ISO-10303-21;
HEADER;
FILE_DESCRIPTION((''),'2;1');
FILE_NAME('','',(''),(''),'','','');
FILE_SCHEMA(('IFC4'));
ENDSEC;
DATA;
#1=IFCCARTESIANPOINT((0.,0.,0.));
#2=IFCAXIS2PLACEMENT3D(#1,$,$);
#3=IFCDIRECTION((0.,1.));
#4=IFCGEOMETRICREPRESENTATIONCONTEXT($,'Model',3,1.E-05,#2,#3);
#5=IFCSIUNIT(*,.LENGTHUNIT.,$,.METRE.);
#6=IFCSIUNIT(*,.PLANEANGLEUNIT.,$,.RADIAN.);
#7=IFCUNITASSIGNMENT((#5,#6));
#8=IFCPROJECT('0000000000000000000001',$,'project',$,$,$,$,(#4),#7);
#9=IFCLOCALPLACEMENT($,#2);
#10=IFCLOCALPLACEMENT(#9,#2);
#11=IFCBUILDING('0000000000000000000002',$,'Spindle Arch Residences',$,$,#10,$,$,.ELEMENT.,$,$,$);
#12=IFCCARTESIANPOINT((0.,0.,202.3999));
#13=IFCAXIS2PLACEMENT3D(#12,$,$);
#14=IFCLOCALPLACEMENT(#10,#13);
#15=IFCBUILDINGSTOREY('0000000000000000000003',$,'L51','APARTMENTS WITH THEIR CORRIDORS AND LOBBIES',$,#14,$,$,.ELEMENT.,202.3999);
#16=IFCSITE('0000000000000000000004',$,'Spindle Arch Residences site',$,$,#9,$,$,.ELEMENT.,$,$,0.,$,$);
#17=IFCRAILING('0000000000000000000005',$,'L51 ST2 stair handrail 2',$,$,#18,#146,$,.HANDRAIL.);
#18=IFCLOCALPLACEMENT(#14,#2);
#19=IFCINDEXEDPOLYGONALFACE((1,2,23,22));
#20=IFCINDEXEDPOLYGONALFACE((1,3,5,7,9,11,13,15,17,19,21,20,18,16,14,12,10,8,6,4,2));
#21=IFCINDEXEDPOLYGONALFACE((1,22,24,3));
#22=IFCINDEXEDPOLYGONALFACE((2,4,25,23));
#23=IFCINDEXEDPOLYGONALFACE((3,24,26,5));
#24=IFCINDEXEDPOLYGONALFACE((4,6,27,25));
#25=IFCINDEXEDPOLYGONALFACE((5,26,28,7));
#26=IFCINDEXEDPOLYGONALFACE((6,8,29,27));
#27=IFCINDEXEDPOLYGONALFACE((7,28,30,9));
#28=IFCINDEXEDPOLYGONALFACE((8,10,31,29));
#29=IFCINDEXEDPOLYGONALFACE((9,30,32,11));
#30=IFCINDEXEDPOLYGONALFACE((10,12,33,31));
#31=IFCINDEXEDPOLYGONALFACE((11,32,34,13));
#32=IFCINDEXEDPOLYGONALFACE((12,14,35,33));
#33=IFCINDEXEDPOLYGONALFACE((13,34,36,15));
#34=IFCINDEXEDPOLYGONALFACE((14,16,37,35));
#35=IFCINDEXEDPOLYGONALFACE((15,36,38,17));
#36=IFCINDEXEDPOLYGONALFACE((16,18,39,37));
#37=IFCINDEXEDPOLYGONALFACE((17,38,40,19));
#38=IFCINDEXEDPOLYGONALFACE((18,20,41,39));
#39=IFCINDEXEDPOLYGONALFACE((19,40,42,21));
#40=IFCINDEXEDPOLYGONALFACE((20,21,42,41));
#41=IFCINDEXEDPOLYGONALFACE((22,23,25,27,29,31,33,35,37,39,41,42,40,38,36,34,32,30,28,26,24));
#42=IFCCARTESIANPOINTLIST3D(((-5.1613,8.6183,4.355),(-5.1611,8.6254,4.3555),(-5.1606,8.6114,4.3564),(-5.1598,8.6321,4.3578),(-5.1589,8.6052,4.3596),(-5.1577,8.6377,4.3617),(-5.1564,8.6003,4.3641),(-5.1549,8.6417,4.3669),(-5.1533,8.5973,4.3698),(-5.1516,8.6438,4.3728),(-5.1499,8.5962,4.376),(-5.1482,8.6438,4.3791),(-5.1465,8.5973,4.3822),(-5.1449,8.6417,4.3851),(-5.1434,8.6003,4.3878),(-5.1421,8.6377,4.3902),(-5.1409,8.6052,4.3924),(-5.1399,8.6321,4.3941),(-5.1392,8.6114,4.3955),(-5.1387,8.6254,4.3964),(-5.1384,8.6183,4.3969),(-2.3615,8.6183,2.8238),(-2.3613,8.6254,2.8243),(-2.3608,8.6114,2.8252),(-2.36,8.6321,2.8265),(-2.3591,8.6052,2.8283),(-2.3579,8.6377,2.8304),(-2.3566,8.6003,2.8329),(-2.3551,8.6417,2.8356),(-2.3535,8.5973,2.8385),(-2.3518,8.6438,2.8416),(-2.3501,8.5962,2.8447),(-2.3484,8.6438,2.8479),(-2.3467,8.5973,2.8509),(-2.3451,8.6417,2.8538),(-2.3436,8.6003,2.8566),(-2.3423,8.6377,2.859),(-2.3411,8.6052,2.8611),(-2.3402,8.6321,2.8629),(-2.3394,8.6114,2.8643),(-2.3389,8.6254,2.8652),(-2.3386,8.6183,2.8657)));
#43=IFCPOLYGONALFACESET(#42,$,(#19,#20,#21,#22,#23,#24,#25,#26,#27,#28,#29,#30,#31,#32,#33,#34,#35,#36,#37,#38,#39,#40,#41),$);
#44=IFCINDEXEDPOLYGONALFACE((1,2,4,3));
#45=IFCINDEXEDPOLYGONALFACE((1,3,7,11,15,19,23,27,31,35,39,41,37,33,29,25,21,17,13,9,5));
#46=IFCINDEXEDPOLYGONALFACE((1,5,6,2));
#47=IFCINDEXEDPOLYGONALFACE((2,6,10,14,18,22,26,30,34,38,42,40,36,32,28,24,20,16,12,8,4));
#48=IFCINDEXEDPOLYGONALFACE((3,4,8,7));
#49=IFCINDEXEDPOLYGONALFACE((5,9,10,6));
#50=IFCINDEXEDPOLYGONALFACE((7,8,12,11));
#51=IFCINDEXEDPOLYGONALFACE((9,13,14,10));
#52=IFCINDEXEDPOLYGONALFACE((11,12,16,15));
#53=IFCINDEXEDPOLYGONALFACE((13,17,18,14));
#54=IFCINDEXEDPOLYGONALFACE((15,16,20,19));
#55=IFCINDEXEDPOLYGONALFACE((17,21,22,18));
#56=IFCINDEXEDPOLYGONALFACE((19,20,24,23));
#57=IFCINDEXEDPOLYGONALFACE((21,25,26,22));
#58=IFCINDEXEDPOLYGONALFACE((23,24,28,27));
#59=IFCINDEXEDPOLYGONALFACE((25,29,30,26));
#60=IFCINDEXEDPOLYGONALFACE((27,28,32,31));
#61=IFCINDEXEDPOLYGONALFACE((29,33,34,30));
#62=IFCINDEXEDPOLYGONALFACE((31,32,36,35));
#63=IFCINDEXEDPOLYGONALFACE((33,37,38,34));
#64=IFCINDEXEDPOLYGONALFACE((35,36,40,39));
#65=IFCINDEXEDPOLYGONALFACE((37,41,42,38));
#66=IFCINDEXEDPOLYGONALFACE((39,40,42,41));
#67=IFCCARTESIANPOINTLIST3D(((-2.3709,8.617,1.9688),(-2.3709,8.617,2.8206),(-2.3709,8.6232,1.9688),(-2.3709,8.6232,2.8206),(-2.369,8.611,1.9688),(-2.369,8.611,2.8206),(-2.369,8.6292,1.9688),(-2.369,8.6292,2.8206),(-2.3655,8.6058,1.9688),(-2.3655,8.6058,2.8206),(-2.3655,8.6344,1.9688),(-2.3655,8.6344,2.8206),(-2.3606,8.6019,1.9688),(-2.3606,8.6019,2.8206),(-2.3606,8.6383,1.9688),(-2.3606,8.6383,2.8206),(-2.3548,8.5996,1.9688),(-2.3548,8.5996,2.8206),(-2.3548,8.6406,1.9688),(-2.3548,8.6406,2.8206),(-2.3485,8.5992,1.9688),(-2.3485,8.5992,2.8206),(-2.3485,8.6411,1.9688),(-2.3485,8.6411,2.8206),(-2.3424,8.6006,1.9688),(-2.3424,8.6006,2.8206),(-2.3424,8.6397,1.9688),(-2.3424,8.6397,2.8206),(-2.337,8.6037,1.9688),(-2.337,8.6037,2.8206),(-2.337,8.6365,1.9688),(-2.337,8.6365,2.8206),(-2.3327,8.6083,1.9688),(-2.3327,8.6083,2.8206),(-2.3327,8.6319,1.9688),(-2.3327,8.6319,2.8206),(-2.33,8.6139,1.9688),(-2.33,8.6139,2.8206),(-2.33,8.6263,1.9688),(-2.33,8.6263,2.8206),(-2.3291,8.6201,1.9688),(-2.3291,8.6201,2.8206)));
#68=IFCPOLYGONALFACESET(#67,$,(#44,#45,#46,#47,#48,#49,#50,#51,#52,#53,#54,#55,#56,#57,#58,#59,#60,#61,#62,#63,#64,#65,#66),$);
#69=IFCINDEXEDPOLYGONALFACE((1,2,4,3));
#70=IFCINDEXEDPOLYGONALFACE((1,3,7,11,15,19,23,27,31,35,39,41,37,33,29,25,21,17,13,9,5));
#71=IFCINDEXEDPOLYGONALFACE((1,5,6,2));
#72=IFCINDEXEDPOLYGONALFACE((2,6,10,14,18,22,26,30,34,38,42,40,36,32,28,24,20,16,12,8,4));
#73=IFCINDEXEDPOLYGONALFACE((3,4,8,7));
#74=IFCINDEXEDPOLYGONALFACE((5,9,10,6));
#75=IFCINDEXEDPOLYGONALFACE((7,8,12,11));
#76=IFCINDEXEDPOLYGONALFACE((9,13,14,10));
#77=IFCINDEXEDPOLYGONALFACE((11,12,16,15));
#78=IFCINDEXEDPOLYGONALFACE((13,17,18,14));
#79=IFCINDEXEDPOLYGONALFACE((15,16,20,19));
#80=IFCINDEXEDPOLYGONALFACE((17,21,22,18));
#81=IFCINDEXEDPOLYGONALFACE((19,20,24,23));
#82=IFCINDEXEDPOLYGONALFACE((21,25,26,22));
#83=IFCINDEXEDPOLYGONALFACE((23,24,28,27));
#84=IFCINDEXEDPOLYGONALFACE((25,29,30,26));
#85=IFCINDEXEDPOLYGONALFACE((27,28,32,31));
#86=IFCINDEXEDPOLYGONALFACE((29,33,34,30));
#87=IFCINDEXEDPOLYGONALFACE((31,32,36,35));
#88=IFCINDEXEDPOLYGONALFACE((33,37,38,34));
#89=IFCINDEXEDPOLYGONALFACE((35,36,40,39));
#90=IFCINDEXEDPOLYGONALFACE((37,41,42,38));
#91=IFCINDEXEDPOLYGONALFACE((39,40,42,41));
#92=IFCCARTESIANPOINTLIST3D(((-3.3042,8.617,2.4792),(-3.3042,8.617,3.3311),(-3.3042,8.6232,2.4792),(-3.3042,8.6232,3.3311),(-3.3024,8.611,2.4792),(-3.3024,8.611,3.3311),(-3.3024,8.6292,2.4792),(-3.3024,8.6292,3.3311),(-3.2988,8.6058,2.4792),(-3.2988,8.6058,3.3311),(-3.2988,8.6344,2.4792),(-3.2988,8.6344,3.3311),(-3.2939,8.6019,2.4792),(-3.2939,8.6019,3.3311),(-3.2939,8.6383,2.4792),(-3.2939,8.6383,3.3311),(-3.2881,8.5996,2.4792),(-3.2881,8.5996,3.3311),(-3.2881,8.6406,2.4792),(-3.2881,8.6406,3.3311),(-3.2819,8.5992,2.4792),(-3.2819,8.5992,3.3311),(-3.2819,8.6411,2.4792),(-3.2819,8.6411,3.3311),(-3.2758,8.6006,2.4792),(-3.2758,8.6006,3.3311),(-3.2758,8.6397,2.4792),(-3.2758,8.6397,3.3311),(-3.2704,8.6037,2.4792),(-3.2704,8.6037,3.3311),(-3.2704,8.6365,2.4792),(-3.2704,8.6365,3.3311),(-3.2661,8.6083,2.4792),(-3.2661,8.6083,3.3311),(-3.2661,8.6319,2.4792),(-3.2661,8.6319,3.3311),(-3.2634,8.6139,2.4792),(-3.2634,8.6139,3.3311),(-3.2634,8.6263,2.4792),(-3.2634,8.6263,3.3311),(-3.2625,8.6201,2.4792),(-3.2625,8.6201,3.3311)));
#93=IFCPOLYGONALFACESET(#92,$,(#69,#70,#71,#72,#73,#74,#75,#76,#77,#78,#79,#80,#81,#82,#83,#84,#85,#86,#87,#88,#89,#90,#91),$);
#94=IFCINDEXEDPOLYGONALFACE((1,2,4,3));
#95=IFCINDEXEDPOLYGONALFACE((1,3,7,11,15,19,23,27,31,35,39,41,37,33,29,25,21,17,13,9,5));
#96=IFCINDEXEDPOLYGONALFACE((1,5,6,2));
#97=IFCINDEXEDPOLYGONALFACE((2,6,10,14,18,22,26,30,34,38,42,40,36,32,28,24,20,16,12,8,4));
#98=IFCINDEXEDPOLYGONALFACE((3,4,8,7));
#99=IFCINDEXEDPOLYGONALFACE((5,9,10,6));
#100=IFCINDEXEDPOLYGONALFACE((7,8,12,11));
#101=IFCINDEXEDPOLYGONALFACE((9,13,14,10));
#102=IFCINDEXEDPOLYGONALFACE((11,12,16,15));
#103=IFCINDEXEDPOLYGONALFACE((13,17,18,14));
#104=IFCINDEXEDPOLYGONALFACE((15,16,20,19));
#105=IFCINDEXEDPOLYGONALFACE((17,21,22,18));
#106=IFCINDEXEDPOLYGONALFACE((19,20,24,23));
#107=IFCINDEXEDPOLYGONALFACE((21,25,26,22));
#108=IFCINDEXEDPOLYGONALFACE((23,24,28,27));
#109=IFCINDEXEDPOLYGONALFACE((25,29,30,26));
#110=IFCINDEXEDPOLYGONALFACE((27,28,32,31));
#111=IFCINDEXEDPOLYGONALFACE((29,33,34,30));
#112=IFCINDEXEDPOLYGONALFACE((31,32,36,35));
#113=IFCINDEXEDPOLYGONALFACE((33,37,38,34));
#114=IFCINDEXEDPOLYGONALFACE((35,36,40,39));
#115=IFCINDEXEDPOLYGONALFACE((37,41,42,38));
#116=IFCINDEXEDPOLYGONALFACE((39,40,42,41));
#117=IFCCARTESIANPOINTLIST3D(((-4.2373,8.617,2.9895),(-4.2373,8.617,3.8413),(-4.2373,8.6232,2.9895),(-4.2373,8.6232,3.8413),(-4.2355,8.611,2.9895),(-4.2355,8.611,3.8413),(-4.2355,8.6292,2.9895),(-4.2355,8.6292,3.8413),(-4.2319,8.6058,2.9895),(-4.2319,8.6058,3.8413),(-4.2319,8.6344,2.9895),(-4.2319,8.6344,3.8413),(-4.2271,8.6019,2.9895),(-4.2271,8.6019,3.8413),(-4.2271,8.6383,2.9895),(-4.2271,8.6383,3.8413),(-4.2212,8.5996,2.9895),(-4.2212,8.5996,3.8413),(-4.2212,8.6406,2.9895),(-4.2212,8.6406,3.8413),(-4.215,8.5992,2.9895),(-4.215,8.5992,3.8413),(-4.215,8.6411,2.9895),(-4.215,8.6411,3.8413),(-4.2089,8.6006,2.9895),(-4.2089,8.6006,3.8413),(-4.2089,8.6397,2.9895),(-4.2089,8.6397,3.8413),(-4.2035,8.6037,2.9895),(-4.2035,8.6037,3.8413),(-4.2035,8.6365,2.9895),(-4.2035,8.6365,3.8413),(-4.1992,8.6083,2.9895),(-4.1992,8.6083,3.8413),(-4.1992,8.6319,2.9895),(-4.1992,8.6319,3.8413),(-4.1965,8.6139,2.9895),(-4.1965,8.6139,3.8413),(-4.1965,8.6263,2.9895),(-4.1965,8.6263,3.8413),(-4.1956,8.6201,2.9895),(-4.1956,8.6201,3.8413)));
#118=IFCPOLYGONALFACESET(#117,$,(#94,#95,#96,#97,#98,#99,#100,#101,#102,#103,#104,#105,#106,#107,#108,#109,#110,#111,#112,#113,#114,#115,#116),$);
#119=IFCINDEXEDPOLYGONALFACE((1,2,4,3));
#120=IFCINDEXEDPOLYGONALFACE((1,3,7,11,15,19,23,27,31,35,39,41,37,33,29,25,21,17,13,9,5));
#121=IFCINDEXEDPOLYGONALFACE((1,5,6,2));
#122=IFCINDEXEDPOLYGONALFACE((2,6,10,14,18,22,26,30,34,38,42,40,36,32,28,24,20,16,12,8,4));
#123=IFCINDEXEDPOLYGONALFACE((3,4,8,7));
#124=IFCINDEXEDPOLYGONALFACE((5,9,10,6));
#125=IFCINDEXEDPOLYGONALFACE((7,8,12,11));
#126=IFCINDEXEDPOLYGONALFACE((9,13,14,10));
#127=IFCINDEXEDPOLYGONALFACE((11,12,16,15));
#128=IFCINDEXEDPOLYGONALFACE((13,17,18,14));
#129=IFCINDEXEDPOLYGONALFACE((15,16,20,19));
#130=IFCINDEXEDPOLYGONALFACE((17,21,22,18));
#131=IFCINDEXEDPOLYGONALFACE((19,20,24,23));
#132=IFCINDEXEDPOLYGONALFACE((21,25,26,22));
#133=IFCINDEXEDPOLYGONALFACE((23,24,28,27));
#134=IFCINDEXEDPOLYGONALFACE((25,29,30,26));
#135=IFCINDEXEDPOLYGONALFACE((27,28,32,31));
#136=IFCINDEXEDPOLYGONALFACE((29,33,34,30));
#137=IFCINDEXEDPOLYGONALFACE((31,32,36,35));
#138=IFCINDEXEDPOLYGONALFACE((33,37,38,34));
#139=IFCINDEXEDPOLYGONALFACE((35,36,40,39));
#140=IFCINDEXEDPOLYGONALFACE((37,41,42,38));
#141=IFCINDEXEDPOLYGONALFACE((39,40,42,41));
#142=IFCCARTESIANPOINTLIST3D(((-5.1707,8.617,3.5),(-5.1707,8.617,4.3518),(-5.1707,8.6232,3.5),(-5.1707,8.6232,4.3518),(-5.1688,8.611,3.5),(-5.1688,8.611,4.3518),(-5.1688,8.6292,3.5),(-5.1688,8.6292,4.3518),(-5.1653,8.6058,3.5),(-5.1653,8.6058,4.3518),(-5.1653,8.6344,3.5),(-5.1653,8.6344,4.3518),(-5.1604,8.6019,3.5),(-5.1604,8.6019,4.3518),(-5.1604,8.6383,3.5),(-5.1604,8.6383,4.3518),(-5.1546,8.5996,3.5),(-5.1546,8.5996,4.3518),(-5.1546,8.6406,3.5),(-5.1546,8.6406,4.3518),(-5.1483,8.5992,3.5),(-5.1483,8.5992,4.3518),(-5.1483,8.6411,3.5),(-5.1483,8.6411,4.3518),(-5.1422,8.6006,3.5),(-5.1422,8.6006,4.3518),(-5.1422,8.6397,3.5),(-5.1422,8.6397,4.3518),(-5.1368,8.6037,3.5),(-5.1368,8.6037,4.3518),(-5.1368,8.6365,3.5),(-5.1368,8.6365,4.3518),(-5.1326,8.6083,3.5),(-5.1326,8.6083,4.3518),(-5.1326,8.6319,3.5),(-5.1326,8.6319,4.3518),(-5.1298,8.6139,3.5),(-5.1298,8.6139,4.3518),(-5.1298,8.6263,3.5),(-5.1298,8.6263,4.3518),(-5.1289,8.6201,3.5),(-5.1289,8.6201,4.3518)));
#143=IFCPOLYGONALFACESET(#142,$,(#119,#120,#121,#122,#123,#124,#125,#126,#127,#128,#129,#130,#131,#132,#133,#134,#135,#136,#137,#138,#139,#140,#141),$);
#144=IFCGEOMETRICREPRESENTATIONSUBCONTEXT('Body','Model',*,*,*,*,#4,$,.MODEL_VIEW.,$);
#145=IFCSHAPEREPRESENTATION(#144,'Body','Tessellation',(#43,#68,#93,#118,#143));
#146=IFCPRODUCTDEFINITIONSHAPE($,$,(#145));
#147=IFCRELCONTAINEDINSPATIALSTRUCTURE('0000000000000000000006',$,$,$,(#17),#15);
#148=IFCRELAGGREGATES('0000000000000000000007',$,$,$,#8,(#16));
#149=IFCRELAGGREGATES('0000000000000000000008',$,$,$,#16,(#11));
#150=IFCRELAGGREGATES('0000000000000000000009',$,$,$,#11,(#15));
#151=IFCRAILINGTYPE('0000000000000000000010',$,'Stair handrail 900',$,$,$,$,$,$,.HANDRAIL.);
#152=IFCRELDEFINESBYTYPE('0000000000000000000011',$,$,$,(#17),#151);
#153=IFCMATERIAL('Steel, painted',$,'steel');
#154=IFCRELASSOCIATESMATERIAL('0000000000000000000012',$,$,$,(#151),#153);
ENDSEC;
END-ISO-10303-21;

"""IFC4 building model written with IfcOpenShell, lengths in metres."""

from ifc_helpers import new_model, si_unit, direction, frame, origin, origin_2d, place, context, subcontext, project, spatial, circle, extrude, material, type_object, element, save


model = new_model("IFC4")

# Units and contexts
model_context = context("Model", 3, precision=1e-05, world=origin(), true_north=direction((0.0, 1.0)))
body_context = subcontext(model_context, "Body", "Model", "MODEL_VIEW")
ifc_project = project(units=[si_unit("LENGTHUNIT", "METRE"), si_unit("PLANEANGLEUNIT", "RADIAN")], contexts=[model_context])

# Site, building, storey
site_placement = place(None, origin())
site = spatial("IfcSite", under=ifc_project, at=site_placement, Name="Spindle Arch Residences site", CompositionType="ELEMENT", RefElevation=0.0)
building_placement = place(site_placement, origin())
building = spatial("IfcBuilding", under=site, at=building_placement, Name="Spindle Arch Residences", CompositionType="ELEMENT")
storey_placement = place(building_placement, frame((0.0, 0.0, 202.3999)))
storey = spatial("IfcBuildingStorey", under=building, at=storey_placement, Name="L51", Description="APARTMENTS WITH THEIR CORRIDORS AND LOBBIES", CompositionType="ELEMENT", Elevation=202.3999)

# Railing
ifc_material_1 = material(Name="Steel, painted", Category="steel")
railing_type_1 = type_object("IfcRailingType", Name="Stair handrail 900", PredefinedType="HANDRAIL", material=ifc_material_1)
railing_1_placement = place(storey_placement, frame((-2.3501, 8.6201, 1.9688)))
element("IfcRailing", 1, at=railing_1_placement, inside=storey, type_object=railing_type_1, Name="L51 ST2 stair handrail 2", PredefinedType="HANDRAIL", context=body_context, shape_type="SweptSolid", body=[
    extrude(circle(Radius=0.0239, at=origin_2d()), frame((0.0, 0.0, 0.876), z_axis=(-0.877357, 0.0, 0.479838), x_axis=(0.0, -1.0, 0.0)), (0.0, 0.0, 1.0), 3.1912),
    extrude(circle(Radius=0.021, at=origin_2d()), origin(), (0.0, 0.0, 1.0), 0.8518),
    extrude(circle(Radius=0.021, at=origin_2d()), frame((-0.9333, 0.0, 0.5105)), (0.0, 0.0, 1.0), 0.8518),
    extrude(circle(Radius=0.021, at=origin_2d()), frame((-1.8665, 0.0, 1.0208)), (0.0, 0.0, 1.0), 0.8518),
    extrude(circle(Radius=0.021, at=origin_2d()), frame((-2.7998, 0.0, 1.5312)), (0.0, 0.0, 1.0), 0.8518),
])

save(model, "model.ifc")
